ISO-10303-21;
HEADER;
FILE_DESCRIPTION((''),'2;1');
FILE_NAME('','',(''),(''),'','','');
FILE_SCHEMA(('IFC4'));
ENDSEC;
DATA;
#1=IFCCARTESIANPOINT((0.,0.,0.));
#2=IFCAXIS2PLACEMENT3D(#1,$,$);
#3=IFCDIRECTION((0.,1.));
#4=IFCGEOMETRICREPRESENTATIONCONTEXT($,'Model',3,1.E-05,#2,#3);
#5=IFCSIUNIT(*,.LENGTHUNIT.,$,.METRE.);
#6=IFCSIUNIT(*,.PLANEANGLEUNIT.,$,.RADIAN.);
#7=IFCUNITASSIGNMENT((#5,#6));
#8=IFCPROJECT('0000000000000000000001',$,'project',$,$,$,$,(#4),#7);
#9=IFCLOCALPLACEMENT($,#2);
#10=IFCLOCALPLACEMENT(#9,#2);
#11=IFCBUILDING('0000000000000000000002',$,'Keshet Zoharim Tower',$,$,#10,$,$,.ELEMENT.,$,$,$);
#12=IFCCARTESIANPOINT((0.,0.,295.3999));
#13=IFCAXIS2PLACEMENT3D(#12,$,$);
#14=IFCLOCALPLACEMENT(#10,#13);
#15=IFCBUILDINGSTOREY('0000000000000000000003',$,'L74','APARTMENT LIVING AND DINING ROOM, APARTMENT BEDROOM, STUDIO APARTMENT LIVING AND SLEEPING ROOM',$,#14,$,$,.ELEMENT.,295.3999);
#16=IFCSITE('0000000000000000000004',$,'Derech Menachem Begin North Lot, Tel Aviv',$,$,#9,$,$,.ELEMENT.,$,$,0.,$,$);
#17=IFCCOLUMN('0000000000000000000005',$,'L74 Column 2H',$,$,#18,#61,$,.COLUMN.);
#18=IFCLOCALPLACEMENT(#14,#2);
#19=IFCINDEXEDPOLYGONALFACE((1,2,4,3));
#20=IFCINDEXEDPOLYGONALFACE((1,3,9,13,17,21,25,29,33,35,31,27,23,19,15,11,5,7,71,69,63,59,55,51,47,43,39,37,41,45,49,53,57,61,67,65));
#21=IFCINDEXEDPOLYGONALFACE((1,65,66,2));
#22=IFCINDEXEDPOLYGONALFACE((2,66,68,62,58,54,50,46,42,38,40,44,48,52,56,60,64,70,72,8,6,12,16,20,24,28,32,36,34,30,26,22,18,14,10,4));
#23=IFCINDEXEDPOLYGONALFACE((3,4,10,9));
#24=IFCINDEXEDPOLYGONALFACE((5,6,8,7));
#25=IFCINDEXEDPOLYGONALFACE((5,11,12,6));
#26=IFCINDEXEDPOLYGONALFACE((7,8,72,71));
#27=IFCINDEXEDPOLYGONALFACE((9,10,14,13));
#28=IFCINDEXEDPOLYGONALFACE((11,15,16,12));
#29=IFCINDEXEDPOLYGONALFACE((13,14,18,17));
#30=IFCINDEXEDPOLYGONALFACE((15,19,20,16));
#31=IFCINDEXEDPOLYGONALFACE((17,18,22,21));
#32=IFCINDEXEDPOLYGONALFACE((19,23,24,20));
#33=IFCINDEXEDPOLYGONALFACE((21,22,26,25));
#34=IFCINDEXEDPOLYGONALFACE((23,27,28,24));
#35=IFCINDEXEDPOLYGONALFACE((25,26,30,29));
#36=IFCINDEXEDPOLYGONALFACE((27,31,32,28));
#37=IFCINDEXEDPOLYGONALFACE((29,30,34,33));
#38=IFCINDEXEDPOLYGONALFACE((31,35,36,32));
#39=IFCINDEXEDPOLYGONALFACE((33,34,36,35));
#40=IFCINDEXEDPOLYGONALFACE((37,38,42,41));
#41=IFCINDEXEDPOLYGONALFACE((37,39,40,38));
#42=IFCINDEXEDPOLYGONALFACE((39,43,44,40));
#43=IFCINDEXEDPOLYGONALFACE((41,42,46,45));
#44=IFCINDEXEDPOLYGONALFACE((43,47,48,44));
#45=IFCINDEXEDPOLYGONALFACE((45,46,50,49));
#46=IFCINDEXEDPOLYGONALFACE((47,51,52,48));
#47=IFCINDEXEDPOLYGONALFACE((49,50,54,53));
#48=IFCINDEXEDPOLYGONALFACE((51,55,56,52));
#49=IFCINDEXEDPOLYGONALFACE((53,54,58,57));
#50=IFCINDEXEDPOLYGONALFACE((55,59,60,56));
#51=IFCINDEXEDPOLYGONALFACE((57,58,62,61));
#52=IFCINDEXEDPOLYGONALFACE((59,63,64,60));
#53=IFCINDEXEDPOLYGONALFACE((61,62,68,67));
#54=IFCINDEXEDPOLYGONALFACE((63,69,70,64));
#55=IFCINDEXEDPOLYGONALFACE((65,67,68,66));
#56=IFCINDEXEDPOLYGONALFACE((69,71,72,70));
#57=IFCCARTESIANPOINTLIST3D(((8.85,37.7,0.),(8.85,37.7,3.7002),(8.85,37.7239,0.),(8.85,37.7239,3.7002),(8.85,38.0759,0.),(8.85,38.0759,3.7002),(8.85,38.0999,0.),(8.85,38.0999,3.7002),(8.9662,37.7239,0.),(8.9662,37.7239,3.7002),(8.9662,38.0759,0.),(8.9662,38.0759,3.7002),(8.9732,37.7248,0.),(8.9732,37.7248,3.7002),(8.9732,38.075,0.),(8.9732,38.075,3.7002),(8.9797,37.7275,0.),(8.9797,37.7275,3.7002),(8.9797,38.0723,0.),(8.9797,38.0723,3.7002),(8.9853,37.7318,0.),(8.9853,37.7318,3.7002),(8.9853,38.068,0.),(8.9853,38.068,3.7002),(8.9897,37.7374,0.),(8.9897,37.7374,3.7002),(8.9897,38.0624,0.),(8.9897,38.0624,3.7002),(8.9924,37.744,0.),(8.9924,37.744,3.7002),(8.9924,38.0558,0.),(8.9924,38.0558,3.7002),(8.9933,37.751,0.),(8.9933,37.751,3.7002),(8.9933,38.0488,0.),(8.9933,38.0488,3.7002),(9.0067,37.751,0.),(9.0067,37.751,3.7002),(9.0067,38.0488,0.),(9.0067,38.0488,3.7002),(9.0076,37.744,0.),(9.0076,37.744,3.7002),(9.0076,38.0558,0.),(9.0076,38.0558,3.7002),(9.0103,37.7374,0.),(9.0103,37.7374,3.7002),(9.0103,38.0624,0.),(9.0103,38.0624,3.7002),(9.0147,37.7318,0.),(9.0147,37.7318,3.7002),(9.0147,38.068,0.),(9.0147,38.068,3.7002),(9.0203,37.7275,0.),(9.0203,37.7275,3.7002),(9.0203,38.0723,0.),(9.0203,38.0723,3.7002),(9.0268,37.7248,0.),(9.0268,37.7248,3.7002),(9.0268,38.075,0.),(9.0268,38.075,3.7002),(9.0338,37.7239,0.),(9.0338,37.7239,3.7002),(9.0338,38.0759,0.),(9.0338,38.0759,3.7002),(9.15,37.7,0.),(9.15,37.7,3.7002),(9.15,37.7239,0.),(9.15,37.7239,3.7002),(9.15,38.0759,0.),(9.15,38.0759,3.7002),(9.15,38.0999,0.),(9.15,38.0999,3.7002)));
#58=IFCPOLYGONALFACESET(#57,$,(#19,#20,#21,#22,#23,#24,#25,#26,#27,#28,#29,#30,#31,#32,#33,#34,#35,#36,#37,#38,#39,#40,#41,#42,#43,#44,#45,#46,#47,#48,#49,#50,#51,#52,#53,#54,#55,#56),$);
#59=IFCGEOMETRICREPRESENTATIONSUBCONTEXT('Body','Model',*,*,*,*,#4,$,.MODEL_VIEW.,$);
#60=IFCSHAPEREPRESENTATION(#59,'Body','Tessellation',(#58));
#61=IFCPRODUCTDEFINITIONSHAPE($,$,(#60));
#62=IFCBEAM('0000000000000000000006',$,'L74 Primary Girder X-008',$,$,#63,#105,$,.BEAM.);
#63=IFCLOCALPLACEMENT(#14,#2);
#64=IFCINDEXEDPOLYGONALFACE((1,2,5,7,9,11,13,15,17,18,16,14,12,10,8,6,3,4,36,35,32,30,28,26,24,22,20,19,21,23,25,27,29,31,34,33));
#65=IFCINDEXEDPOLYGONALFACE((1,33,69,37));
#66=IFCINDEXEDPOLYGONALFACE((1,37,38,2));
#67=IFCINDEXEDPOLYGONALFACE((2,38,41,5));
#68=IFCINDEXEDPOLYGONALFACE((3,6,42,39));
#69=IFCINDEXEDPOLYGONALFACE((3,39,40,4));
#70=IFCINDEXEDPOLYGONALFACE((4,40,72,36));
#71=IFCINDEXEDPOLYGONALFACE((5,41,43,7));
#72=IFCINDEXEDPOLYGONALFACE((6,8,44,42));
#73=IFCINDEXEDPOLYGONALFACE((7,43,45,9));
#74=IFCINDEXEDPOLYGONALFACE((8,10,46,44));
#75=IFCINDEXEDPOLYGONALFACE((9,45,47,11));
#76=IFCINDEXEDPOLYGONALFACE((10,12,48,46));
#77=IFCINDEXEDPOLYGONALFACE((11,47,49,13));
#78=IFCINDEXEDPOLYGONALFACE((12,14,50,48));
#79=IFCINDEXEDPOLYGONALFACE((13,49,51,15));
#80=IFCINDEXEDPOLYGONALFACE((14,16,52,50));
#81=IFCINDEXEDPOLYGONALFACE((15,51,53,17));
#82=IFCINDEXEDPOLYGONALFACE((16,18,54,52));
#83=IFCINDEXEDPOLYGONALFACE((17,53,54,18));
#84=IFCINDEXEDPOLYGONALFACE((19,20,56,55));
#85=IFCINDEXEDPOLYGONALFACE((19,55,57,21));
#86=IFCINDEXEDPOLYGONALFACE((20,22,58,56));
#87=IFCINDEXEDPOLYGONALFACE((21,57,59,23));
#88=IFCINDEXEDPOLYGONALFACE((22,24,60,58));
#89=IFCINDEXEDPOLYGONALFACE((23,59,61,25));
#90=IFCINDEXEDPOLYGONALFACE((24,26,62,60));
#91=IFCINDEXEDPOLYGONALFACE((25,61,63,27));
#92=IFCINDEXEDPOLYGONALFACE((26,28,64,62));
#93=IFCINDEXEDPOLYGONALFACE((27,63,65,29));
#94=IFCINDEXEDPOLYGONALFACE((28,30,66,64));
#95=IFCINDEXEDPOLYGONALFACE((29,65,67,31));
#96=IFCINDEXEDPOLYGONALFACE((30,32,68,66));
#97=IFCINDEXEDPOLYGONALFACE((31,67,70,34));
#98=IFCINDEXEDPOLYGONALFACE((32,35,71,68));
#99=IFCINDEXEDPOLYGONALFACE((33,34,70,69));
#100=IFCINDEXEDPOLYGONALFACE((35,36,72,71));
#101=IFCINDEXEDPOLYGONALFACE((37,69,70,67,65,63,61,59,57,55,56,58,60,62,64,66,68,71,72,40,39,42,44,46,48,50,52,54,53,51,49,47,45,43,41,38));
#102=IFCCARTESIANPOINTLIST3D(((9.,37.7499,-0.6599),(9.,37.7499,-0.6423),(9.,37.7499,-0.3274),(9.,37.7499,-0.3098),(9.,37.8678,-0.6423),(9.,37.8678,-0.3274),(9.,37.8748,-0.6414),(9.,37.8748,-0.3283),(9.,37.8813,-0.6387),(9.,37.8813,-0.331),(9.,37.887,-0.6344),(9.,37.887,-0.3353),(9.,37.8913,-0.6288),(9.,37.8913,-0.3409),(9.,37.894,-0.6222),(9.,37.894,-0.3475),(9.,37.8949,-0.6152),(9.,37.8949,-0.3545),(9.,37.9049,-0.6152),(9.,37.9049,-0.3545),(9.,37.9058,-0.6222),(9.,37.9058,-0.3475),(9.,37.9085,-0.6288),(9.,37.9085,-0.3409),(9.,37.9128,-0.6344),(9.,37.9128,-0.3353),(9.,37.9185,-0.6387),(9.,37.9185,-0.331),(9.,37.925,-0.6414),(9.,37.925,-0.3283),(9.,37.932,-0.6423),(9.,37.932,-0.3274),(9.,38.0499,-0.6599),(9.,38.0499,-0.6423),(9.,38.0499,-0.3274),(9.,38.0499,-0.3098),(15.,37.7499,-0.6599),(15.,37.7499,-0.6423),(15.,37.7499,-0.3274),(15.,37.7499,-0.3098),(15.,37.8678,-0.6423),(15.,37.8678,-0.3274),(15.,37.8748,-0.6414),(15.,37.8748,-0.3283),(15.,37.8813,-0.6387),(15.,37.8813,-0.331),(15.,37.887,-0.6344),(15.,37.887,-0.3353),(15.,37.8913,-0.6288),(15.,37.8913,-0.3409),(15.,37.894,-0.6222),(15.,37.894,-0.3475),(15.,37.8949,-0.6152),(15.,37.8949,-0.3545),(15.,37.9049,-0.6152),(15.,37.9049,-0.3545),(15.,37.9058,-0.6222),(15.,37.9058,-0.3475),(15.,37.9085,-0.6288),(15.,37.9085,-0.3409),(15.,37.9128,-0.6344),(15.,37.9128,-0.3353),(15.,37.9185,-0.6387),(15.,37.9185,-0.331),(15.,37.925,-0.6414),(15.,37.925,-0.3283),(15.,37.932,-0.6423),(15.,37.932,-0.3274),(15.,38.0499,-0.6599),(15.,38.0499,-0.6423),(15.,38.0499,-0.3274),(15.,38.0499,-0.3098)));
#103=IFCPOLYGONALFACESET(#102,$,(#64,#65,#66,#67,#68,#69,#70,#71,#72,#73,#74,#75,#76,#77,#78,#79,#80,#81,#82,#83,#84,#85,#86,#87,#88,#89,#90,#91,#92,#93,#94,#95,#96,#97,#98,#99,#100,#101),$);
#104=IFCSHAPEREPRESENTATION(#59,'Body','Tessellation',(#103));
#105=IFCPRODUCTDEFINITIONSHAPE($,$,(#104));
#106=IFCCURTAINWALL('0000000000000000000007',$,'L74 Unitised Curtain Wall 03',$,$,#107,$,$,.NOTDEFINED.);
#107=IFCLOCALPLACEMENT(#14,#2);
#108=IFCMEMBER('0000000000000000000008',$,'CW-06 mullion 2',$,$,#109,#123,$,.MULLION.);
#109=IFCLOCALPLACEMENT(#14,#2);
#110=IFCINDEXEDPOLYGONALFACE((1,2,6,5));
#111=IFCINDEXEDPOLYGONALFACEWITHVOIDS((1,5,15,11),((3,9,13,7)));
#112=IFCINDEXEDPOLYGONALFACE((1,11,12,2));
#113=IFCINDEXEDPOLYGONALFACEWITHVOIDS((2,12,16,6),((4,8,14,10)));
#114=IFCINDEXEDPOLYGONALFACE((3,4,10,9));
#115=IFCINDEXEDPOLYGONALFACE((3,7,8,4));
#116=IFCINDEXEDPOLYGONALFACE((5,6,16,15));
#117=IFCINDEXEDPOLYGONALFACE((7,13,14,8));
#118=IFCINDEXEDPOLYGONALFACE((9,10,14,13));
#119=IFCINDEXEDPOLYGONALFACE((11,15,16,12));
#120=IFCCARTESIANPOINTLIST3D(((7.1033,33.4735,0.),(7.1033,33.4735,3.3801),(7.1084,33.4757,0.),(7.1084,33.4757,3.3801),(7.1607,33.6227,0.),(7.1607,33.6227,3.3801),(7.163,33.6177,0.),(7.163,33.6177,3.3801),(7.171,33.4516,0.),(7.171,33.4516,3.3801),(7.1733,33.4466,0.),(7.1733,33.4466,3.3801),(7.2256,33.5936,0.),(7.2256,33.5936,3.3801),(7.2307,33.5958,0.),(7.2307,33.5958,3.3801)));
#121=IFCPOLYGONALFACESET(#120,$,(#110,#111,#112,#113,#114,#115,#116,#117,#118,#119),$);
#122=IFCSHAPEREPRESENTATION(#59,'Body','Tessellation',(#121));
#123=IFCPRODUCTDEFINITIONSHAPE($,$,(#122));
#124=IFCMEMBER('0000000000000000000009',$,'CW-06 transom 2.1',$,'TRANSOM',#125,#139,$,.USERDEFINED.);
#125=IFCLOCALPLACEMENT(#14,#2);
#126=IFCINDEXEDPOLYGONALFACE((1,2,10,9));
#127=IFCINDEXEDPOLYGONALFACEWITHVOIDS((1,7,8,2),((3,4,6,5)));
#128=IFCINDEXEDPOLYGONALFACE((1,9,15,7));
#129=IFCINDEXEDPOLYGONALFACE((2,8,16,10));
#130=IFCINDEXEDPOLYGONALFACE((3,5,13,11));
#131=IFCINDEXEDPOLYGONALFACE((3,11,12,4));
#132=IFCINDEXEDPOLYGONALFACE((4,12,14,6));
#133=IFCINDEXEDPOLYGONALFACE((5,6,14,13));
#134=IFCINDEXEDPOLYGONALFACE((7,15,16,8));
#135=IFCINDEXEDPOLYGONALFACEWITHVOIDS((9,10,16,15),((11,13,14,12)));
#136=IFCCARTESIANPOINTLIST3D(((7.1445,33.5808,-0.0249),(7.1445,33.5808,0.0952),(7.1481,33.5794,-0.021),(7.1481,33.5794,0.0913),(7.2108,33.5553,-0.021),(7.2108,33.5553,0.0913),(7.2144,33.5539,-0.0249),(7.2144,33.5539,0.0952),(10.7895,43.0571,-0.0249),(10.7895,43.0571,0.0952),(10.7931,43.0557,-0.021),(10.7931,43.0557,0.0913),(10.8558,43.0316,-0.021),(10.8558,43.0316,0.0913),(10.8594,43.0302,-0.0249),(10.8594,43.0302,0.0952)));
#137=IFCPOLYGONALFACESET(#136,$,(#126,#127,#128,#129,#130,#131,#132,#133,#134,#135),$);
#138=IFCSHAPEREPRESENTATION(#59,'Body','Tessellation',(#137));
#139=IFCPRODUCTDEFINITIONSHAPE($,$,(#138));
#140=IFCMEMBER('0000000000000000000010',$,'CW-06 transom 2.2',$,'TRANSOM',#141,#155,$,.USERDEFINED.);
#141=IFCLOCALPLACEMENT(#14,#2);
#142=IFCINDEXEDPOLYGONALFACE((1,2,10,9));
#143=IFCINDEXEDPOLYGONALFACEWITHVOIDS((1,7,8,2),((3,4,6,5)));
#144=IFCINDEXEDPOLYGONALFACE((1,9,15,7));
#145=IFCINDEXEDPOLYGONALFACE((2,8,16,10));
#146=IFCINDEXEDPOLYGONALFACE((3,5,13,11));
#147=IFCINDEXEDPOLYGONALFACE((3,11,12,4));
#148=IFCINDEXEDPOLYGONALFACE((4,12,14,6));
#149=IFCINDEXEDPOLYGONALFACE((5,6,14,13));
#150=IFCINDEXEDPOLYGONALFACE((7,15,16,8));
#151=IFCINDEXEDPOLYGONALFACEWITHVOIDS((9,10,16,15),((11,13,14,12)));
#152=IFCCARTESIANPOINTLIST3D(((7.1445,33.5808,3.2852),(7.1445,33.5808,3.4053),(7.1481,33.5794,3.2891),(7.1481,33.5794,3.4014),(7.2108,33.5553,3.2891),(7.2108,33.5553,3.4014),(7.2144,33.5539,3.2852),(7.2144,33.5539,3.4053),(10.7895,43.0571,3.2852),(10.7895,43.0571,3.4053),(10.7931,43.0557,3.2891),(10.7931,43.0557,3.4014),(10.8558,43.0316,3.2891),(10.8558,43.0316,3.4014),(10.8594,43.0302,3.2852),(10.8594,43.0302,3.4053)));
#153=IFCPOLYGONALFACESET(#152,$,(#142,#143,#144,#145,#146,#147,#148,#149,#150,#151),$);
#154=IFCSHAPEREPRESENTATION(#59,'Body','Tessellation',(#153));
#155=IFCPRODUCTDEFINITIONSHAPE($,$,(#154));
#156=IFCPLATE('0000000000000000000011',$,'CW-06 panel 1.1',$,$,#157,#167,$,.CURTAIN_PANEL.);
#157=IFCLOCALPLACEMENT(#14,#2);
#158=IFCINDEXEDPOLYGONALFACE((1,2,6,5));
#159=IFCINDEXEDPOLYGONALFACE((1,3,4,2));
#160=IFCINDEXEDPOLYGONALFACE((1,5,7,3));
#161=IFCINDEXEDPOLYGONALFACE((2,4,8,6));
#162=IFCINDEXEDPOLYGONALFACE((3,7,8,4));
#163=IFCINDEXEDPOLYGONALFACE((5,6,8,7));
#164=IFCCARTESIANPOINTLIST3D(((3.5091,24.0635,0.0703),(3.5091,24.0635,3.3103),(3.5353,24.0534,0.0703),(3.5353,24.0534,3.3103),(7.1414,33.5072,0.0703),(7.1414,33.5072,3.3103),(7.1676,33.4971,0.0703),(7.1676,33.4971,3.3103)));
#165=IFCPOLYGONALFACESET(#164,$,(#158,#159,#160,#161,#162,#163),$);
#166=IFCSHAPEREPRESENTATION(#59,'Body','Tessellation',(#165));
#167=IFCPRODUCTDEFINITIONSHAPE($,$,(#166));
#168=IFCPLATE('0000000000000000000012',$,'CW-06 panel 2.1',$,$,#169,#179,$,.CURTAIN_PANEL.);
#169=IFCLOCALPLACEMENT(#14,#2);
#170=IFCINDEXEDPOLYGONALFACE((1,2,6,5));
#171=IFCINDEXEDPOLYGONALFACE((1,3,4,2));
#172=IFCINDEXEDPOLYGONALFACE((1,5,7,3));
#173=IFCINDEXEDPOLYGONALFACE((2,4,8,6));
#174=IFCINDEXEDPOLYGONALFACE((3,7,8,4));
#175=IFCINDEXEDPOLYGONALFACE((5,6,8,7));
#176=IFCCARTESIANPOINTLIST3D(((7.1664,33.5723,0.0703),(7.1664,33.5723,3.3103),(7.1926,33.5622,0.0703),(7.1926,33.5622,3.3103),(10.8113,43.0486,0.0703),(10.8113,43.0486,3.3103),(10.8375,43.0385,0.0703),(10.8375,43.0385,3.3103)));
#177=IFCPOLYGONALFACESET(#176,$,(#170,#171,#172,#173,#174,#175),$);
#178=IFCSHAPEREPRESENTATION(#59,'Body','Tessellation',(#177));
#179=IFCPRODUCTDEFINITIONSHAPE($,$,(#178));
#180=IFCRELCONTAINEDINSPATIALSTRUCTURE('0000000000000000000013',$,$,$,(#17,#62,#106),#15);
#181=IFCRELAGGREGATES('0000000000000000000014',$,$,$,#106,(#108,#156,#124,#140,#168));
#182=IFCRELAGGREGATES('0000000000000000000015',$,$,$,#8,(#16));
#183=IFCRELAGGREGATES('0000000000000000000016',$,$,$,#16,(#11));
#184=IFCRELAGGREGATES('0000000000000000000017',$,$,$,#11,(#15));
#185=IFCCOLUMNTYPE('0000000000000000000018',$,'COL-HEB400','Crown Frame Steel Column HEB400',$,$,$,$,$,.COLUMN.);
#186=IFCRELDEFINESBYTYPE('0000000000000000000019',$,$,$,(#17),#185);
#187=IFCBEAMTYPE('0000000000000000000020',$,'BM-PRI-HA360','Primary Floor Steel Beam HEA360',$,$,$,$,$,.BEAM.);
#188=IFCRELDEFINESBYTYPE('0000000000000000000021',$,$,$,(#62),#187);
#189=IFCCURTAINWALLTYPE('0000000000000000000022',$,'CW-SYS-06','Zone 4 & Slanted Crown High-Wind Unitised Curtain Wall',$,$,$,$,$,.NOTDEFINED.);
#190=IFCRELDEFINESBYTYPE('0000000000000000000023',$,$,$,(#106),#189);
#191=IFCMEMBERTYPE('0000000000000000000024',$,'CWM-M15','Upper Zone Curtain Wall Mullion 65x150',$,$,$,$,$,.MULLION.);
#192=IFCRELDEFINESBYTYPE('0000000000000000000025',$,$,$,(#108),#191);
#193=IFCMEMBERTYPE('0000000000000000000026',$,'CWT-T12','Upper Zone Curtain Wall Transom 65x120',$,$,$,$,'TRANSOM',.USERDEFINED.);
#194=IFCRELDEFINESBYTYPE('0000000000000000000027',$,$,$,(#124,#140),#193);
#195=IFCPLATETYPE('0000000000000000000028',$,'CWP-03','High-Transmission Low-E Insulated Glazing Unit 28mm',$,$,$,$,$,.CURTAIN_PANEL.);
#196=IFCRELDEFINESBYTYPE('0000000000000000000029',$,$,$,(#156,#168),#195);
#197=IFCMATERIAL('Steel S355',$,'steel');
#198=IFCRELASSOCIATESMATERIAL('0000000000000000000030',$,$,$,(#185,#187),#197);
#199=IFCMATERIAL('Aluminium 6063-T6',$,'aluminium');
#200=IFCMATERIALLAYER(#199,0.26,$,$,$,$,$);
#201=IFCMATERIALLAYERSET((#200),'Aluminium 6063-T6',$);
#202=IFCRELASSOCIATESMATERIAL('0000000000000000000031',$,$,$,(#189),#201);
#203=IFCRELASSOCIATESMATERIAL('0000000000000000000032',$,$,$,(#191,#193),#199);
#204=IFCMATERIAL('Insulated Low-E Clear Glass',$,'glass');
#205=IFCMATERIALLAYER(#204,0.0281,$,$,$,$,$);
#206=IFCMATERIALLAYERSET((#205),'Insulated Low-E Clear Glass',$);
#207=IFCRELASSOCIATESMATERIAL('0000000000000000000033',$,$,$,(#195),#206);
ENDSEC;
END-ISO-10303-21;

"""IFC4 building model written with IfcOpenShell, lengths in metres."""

from ifc_helpers import new_model, si_unit, direction, frame, origin, origin_2d, place, context, subcontext, project, spatial, rectangle, hollow_rectangle, i_section, extrude, material, layer, layer_set, material_profile, profile_set, type_object, element, aggregate, save


model = new_model("IFC4")

# Units and contexts
model_context = context("Model", 3, precision=1e-05, world=origin(), true_north=direction((0.0, 1.0)))
body_context = subcontext(model_context, "Body", "Model", "MODEL_VIEW")
ifc_project = project(units=[si_unit("LENGTHUNIT", "METRE"), si_unit("PLANEANGLEUNIT", "RADIAN")], contexts=[model_context])

# Site, building, storey
site_placement = place(None, origin())
site = spatial("IfcSite", under=ifc_project, at=site_placement, Name="Derech Menachem Begin North Lot, Tel Aviv", CompositionType="ELEMENT", RefElevation=0.0)
building_placement = place(site_placement, origin())
building = spatial("IfcBuilding", under=site, at=building_placement, Name="Keshet Zoharim Tower", CompositionType="ELEMENT")
storey_placement = place(building_placement, frame((0.0, 0.0, 295.3999)))
storey = spatial("IfcBuildingStorey", under=building, at=storey_placement, Name="L74", Description="APARTMENT LIVING AND DINING ROOM, APARTMENT BEDROOM, STUDIO APARTMENT LIVING AND SLEEPING ROOM", CompositionType="ELEMENT", Elevation=295.3999)

# Column
ifc_material_1 = material(Name="Steel S355", Category="steel")
ifc_material_profile_1 = material_profile(ifc_material_1, i_section(OverallWidth=0.3, OverallDepth=0.3999, WebThickness=0.0134, FlangeThickness=0.0239, FilletRadius=0.0271, at=origin_2d()), Name="HEB400")
ifc_profile_set_1 = profile_set([ifc_material_profile_1], Name="Steel S355")
column_type = type_object("IfcColumnType", Name="COL-HEB400", Description="Crown Frame Steel Column HEB400", PredefinedType="COLUMN", material=ifc_profile_set_1)
column_placement = place(storey_placement, frame((9.0, 37.8999, 0.0), z_axis=(0.0, 0.0, 1.0), x_axis=(1.0, 0.0, 0.0)))
element("IfcColumn", 1, at=column_placement, inside=storey, type_object=column_type, Name="L74 Column 2H", PredefinedType="COLUMN", context=body_context, shape_type="SweptSolid", body=[
    extrude(i_section(OverallWidth=0.3, OverallDepth=0.3999, WebThickness=0.0134, FlangeThickness=0.0239, FilletRadius=0.0271, at=origin_2d()), origin(), (0.0, 0.0, 1.0), 3.7002),
])

# Beam
ifc_material_profile_2 = material_profile(ifc_material_1, i_section(OverallWidth=0.3, OverallDepth=0.3501, WebThickness=0.01, FlangeThickness=0.0176, FilletRadius=0.0271, at=origin_2d()), Name="HEA360")
ifc_profile_set_2 = profile_set([ifc_material_profile_2], Name="Steel S355")
beam_type = type_object("IfcBeamType", Name="BM-PRI-HA360", Description="Primary Floor Steel Beam HEA360", PredefinedType="BEAM", material=ifc_profile_set_2)
beam_placement = place(storey_placement, frame((9.0, 37.8999, -0.4849), z_axis=(1.0, 0.0, 0.0), x_axis=(0.0, 1.0, 0.0)))
element("IfcBeam", 2, at=beam_placement, inside=storey, type_object=beam_type, Name="L74 Primary Girder X-008", PredefinedType="BEAM", context=body_context, shape_type="SweptSolid", body=[
    extrude(i_section(OverallWidth=0.3, OverallDepth=0.3501, WebThickness=0.01, FlangeThickness=0.0176, FilletRadius=0.0271, at=origin_2d()), origin(), (0.0, 0.0, 1.0), 6.0),
])

# Curtain wall, members, plates
ifc_material_2 = material(Name="Aluminium 6063-T6", Category="aluminium")
ifc_layer_1 = layer(ifc_material_2, 0.26)
ifc_layer_set_1 = layer_set([ifc_layer_1], Name="Aluminium 6063-T6")
curtain_wall_type = type_object("IfcCurtainWallType", Name="CW-SYS-06", Description="Zone 4 & Slanted Crown High-Wind Unitised Curtain Wall", PredefinedType="NOTDEFINED", material=ifc_layer_set_1)
curtain_wall_placement = place(storey_placement, origin())
curtain_wall = element("IfcCurtainWall", 3, at=curtain_wall_placement, inside=storey, type_object=curtain_wall_type, Name="L74 Unitised Curtain Wall 03", PredefinedType="NOTDEFINED")
ifc_material_profile_3 = material_profile(ifc_material_2, hollow_rectangle(XDim=0.075, YDim=0.1599, WallThickness=0.0039, at=origin_2d()), Name="MUL-75x160")
ifc_profile_set_3 = profile_set([ifc_material_profile_3], Name="Aluminium 6063-T6")
member_type_1 = type_object("IfcMemberType", Name="CWM-M15", Description="Upper Zone Curtain Wall Mullion 65x150", PredefinedType="MULLION", material=ifc_profile_set_3)
member_1_placement = place(storey_placement, frame((7.167, 33.5347, 0.0), z_axis=(0.0, 0.0, 1.0), x_axis=(-0.933341, 0.35899, 0.0)))
member_1 = element("IfcMember", 4, at=member_1_placement, type_object=member_type_1, Name="CW-06 mullion 2", PredefinedType="MULLION", context=body_context, shape_type="SweptSolid", body=[
    extrude(hollow_rectangle(XDim=0.075, YDim=0.1599, WallThickness=0.0039, at=origin_2d()), origin(), (0.0, 0.0, 1.0), 3.3801),
])
ifc_material_profile_4 = material_profile(ifc_material_2, hollow_rectangle(XDim=0.075, YDim=0.1201, WallThickness=0.0039, at=origin_2d()), Name="TRN-75x120")
ifc_profile_set_4 = profile_set([ifc_material_profile_4], Name="Aluminium 6063-T6")
member_type_2 = type_object("IfcMemberType", Name="CWT-T12", Description="Upper Zone Curtain Wall Transom 65x120", ElementType="TRANSOM", PredefinedType="USERDEFINED", material=ifc_profile_set_4)
member_2_placement = place(storey_placement, frame((7.1794, 33.5674, 0.0352), z_axis=(0.359003, 0.933336, 0.0), x_axis=(-0.933336, 0.359003, 0.0)))
member_2 = element("IfcMember", 5, at=member_2_placement, type_object=member_type_2, Name="CW-06 transom 2.1", ObjectType="TRANSOM", PredefinedType="USERDEFINED", context=body_context, shape_type="SweptSolid", body=[
    extrude(hollow_rectangle(XDim=0.075, YDim=0.1201, WallThickness=0.0039, at=origin_2d()), origin(), (0.0, 0.0, 1.0), 10.1531),
])
member_3_placement = place(storey_placement, frame((7.1794, 33.5674, 3.3452), z_axis=(0.359003, 0.933336, 0.0), x_axis=(-0.933336, 0.359003, 0.0)))
member_3 = element("IfcMember", 6, at=member_3_placement, type_object=member_type_2, Name="CW-06 transom 2.2", ObjectType="TRANSOM", PredefinedType="USERDEFINED", context=body_context, shape_type="SweptSolid", body=[
    extrude(hollow_rectangle(XDim=0.075, YDim=0.1201, WallThickness=0.0039, at=origin_2d()), origin(), (0.0, 0.0, 1.0), 10.1531),
])
ifc_material_3 = material(Name="Insulated Low-E Clear Glass", Category="glass")
ifc_layer_2 = layer(ifc_material_3, 0.0281)
ifc_layer_set_2 = layer_set([ifc_layer_2], Name="Insulated Low-E Clear Glass")
plate_type = type_object("IfcPlateType", Name="CWP-03", Description="High-Transmission Low-E Insulated Glazing Unit 28mm", PredefinedType="CURTAIN_PANEL", material=ifc_layer_set_2)
plate_1_placement = place(storey_placement, frame((5.3384, 28.7803, 0.0703), z_axis=(0.0, 0.0, 1.0), x_axis=(0.35899, 0.933341, 0.0)))
plate_1 = element("IfcPlate", 7, at=plate_1_placement, type_object=plate_type, Name="CW-06 panel 1.1", PredefinedType="CURTAIN_PANEL", context=body_context, shape_type="SweptSolid", body=[
    extrude(rectangle(XDim=10.1182, YDim=0.0281, at=origin_2d()), origin(), (0.0, 0.0, 1.0), 3.24),
])
plate_2_placement = place(storey_placement, frame((9.002, 38.3054, 0.0703), z_axis=(0.0, 0.0, 1.0), x_axis=(0.35899, 0.933341, 0.0)))
plate_2 = element("IfcPlate", 8, at=plate_2_placement, type_object=plate_type, Name="CW-06 panel 2.1", PredefinedType="CURTAIN_PANEL", context=body_context, shape_type="SweptSolid", body=[
    extrude(rectangle(XDim=10.1531, YDim=0.0281, at=origin_2d()), origin(), (0.0, 0.0, 1.0), 3.24),
])
aggregate(curtain_wall, [member_1, plate_1, member_2, member_3, plate_2])

save(model, "model.ifc")
